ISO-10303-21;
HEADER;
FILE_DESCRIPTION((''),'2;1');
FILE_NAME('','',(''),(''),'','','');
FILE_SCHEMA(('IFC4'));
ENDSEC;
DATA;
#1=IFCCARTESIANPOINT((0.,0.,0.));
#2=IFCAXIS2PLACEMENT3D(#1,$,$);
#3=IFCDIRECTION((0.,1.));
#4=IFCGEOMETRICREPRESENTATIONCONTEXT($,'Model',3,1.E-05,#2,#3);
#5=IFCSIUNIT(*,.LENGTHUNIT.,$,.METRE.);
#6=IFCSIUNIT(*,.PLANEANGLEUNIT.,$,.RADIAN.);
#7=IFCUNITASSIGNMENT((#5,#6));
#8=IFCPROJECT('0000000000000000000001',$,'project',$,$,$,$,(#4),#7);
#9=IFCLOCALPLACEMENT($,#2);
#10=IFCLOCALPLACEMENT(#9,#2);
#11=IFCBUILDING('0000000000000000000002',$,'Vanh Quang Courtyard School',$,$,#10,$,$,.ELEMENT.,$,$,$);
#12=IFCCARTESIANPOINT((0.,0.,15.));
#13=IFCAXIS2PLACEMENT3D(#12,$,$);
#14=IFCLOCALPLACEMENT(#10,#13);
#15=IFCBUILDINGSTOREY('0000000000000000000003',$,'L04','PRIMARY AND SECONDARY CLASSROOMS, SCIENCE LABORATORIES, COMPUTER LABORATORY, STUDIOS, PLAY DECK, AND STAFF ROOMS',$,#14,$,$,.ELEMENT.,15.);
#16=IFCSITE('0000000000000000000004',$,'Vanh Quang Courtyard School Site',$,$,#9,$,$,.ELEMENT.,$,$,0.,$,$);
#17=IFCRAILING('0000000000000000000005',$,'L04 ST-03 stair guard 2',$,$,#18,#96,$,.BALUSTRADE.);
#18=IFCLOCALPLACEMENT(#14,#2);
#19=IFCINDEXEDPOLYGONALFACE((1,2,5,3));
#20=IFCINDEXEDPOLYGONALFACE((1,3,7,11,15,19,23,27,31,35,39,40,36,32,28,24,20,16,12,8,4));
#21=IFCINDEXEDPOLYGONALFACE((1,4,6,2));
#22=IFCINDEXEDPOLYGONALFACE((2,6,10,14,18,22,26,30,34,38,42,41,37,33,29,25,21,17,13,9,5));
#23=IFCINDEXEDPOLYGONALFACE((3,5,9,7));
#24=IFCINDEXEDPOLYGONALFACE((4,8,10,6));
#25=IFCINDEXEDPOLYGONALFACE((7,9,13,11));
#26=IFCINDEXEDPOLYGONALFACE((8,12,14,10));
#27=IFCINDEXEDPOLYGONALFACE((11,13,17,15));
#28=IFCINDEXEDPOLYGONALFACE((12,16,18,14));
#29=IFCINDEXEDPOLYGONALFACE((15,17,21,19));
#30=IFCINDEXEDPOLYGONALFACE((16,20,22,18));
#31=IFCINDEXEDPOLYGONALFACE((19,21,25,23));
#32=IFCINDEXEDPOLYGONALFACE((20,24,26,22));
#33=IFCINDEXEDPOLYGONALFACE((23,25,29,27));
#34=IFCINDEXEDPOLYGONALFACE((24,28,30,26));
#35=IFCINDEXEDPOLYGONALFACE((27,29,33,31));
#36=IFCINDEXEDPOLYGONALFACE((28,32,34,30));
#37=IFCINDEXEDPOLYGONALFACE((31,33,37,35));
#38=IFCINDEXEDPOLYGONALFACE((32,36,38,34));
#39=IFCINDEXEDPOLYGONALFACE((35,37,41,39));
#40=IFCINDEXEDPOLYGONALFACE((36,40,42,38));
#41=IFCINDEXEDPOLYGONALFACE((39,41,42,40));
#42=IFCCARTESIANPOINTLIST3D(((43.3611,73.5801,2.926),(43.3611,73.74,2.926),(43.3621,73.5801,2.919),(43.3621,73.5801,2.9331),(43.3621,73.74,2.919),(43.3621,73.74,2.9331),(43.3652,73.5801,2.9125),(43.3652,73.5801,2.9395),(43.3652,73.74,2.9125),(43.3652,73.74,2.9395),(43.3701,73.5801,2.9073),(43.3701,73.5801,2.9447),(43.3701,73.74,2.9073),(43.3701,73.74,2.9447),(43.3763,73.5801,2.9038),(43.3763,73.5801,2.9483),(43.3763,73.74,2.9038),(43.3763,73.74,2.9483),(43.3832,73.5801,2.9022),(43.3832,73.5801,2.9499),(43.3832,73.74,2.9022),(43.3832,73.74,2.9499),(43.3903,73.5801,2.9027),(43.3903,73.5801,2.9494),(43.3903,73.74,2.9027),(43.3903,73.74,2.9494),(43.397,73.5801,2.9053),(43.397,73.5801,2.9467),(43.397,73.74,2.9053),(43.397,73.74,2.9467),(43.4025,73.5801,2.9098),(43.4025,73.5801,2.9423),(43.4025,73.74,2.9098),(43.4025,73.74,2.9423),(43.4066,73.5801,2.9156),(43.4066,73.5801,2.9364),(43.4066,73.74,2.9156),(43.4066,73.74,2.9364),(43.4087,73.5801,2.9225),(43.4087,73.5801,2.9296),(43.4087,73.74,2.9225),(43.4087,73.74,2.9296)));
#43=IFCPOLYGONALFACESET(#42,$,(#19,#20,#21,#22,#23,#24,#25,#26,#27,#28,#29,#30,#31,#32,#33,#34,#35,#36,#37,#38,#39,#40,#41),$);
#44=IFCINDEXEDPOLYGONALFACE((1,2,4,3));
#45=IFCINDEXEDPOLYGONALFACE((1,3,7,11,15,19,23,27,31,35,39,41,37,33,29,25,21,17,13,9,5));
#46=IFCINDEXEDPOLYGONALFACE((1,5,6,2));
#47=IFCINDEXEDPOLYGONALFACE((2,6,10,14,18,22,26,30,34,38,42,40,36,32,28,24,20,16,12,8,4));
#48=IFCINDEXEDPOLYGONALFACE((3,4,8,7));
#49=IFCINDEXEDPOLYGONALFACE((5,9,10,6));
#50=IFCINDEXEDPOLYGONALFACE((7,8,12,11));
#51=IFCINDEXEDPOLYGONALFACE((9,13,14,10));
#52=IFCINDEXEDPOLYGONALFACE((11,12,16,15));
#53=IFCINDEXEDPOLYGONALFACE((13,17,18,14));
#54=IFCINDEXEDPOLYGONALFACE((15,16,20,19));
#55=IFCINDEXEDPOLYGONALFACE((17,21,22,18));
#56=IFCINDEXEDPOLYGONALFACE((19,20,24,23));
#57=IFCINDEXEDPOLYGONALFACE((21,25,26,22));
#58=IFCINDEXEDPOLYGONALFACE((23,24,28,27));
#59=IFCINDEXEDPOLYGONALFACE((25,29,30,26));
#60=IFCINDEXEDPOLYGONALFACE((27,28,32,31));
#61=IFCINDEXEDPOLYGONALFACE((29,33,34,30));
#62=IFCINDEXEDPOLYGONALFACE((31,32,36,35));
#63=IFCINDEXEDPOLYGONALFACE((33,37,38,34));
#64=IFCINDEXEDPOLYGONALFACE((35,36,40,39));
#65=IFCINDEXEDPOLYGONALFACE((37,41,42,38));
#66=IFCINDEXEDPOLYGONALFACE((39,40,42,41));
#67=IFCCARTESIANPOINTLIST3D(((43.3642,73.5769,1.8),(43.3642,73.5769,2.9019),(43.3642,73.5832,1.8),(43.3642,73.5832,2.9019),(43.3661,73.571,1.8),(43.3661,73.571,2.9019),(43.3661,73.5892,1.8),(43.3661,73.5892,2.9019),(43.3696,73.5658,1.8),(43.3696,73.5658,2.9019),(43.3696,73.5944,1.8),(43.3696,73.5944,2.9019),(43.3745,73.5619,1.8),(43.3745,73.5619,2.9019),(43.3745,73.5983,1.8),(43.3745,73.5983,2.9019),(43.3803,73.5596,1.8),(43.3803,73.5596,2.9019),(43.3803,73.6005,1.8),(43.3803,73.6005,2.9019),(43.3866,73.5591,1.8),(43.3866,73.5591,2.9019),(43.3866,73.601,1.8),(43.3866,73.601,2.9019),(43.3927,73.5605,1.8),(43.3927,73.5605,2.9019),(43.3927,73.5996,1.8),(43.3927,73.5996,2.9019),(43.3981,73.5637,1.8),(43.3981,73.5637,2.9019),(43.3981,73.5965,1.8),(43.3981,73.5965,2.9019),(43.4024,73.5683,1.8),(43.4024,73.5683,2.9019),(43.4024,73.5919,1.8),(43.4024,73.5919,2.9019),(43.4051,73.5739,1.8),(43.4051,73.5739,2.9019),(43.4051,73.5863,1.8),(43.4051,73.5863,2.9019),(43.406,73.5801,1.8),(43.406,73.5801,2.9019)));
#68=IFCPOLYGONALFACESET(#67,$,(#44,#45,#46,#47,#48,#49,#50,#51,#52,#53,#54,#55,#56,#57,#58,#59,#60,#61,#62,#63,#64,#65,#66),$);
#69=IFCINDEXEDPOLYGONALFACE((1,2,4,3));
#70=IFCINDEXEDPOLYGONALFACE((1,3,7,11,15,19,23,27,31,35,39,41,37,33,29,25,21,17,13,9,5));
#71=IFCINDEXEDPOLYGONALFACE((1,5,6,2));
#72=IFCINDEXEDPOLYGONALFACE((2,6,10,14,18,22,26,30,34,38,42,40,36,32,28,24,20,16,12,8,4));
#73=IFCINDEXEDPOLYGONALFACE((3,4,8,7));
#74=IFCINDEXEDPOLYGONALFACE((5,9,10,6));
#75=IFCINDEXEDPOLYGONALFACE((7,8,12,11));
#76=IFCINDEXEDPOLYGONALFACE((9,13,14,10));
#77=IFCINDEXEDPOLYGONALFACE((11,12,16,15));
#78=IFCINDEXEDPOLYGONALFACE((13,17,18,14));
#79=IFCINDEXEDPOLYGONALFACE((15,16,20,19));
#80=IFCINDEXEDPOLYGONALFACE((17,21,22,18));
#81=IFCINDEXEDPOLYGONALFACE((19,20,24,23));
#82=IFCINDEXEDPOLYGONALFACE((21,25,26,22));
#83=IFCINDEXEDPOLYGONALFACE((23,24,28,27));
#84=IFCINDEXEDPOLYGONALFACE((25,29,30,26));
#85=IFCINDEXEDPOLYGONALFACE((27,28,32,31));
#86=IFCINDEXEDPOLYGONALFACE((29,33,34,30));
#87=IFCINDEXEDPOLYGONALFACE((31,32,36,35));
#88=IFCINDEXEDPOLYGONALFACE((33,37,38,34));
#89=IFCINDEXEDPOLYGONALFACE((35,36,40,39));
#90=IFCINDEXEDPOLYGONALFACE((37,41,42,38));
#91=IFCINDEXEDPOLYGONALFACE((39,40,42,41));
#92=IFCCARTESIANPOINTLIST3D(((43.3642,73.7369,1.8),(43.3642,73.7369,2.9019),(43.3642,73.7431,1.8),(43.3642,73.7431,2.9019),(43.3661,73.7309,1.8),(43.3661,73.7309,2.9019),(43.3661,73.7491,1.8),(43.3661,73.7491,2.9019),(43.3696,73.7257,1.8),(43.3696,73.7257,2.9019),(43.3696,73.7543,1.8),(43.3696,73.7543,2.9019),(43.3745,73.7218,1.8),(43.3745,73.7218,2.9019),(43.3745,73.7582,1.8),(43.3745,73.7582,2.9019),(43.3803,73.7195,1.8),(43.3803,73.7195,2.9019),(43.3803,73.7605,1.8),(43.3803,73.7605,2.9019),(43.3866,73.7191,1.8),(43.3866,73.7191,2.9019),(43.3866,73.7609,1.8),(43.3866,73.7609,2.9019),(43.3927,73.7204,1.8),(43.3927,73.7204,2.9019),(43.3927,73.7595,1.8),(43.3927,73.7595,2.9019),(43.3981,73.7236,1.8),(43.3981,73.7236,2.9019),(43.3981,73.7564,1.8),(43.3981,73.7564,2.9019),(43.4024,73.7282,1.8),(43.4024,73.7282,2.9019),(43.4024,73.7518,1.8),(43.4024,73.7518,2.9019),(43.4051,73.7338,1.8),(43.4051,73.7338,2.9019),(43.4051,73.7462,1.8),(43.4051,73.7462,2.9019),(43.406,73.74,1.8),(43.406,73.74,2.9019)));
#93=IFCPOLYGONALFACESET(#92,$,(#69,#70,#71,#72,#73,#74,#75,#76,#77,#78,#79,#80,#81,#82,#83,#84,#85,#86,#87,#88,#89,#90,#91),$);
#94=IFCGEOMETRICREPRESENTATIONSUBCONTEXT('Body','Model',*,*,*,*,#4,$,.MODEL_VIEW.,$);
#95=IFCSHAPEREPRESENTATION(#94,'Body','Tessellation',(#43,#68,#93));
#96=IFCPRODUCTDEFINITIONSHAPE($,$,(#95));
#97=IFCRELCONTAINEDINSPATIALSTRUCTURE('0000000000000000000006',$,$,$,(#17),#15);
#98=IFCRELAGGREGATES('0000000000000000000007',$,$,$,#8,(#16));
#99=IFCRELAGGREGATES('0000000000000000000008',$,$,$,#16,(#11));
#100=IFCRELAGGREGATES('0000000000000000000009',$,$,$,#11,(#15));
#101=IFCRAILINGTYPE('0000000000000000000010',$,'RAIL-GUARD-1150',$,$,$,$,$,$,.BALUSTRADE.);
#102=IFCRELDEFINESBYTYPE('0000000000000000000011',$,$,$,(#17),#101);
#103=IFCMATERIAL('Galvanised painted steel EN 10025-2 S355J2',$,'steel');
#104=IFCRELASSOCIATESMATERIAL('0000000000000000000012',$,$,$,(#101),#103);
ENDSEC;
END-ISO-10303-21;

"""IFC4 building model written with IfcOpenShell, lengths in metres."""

from ifc_helpers import new_model, si_unit, direction, frame, origin, origin_2d, place, context, subcontext, project, spatial, circle, extrude, material, type_object, element, save


model = new_model("IFC4")

# Units and contexts
model_context = context("Model", 3, precision=1e-05, world=origin(), true_north=direction((0.0, 1.0)))
body_context = subcontext(model_context, "Body", "Model", "MODEL_VIEW")
ifc_project = project(units=[si_unit("LENGTHUNIT", "METRE"), si_unit("PLANEANGLEUNIT", "RADIAN")], contexts=[model_context])

# Site, building, storey
site_placement = place(None, origin())
site = spatial("IfcSite", under=ifc_project, at=site_placement, Name="Vanh Quang Courtyard School Site", CompositionType="ELEMENT", RefElevation=0.0)
building_placement = place(site_placement, origin())
building = spatial("IfcBuilding", under=site, at=building_placement, Name="Vanh Quang Courtyard School", CompositionType="ELEMENT")
storey_placement = place(building_placement, frame((0.0, 0.0, 15.0)))
storey = spatial("IfcBuildingStorey", under=building, at=storey_placement, Name="L04", Description="PRIMARY AND SECONDARY CLASSROOMS, SCIENCE LABORATORIES, COMPUTER LABORATORY, STUDIOS, PLAY DECK, AND STAFF ROOMS", CompositionType="ELEMENT", Elevation=15.0)

# Railing
ifc_material_1 = material(Name="Galvanised painted steel EN 10025-2 S355J2", Category="steel")
railing_type_1 = type_object("IfcRailingType", Name="RAIL-GUARD-1150", PredefinedType="BALUSTRADE", material=ifc_material_1)
railing_1_placement = place(storey_placement, frame((43.385, 73.5801, 1.8)))
element("IfcRailing", 1, at=railing_1_placement, inside=storey, type_object=railing_type_1, Name="L04 ST-03 stair guard 2", PredefinedType="BALUSTRADE", context=body_context, shape_type="SweptSolid", body=[
    extrude(circle(Radius=0.0239, at=origin_2d()), frame((0.0, 0.0, 1.126), z_axis=(0.0, 1.0, 0.0), x_axis=(-1.0, 0.0, 0.0)), (0.0, 0.0, 1.0), 0.1599),
    extrude(circle(Radius=0.021, at=origin_2d()), origin(), (0.0, 0.0, 1.0), 1.1018),
    extrude(circle(Radius=0.021, at=origin_2d()), frame((0.0, 0.1599, 0.0)), (0.0, 0.0, 1.0), 1.1018),
])

save(model, "model.ifc")
